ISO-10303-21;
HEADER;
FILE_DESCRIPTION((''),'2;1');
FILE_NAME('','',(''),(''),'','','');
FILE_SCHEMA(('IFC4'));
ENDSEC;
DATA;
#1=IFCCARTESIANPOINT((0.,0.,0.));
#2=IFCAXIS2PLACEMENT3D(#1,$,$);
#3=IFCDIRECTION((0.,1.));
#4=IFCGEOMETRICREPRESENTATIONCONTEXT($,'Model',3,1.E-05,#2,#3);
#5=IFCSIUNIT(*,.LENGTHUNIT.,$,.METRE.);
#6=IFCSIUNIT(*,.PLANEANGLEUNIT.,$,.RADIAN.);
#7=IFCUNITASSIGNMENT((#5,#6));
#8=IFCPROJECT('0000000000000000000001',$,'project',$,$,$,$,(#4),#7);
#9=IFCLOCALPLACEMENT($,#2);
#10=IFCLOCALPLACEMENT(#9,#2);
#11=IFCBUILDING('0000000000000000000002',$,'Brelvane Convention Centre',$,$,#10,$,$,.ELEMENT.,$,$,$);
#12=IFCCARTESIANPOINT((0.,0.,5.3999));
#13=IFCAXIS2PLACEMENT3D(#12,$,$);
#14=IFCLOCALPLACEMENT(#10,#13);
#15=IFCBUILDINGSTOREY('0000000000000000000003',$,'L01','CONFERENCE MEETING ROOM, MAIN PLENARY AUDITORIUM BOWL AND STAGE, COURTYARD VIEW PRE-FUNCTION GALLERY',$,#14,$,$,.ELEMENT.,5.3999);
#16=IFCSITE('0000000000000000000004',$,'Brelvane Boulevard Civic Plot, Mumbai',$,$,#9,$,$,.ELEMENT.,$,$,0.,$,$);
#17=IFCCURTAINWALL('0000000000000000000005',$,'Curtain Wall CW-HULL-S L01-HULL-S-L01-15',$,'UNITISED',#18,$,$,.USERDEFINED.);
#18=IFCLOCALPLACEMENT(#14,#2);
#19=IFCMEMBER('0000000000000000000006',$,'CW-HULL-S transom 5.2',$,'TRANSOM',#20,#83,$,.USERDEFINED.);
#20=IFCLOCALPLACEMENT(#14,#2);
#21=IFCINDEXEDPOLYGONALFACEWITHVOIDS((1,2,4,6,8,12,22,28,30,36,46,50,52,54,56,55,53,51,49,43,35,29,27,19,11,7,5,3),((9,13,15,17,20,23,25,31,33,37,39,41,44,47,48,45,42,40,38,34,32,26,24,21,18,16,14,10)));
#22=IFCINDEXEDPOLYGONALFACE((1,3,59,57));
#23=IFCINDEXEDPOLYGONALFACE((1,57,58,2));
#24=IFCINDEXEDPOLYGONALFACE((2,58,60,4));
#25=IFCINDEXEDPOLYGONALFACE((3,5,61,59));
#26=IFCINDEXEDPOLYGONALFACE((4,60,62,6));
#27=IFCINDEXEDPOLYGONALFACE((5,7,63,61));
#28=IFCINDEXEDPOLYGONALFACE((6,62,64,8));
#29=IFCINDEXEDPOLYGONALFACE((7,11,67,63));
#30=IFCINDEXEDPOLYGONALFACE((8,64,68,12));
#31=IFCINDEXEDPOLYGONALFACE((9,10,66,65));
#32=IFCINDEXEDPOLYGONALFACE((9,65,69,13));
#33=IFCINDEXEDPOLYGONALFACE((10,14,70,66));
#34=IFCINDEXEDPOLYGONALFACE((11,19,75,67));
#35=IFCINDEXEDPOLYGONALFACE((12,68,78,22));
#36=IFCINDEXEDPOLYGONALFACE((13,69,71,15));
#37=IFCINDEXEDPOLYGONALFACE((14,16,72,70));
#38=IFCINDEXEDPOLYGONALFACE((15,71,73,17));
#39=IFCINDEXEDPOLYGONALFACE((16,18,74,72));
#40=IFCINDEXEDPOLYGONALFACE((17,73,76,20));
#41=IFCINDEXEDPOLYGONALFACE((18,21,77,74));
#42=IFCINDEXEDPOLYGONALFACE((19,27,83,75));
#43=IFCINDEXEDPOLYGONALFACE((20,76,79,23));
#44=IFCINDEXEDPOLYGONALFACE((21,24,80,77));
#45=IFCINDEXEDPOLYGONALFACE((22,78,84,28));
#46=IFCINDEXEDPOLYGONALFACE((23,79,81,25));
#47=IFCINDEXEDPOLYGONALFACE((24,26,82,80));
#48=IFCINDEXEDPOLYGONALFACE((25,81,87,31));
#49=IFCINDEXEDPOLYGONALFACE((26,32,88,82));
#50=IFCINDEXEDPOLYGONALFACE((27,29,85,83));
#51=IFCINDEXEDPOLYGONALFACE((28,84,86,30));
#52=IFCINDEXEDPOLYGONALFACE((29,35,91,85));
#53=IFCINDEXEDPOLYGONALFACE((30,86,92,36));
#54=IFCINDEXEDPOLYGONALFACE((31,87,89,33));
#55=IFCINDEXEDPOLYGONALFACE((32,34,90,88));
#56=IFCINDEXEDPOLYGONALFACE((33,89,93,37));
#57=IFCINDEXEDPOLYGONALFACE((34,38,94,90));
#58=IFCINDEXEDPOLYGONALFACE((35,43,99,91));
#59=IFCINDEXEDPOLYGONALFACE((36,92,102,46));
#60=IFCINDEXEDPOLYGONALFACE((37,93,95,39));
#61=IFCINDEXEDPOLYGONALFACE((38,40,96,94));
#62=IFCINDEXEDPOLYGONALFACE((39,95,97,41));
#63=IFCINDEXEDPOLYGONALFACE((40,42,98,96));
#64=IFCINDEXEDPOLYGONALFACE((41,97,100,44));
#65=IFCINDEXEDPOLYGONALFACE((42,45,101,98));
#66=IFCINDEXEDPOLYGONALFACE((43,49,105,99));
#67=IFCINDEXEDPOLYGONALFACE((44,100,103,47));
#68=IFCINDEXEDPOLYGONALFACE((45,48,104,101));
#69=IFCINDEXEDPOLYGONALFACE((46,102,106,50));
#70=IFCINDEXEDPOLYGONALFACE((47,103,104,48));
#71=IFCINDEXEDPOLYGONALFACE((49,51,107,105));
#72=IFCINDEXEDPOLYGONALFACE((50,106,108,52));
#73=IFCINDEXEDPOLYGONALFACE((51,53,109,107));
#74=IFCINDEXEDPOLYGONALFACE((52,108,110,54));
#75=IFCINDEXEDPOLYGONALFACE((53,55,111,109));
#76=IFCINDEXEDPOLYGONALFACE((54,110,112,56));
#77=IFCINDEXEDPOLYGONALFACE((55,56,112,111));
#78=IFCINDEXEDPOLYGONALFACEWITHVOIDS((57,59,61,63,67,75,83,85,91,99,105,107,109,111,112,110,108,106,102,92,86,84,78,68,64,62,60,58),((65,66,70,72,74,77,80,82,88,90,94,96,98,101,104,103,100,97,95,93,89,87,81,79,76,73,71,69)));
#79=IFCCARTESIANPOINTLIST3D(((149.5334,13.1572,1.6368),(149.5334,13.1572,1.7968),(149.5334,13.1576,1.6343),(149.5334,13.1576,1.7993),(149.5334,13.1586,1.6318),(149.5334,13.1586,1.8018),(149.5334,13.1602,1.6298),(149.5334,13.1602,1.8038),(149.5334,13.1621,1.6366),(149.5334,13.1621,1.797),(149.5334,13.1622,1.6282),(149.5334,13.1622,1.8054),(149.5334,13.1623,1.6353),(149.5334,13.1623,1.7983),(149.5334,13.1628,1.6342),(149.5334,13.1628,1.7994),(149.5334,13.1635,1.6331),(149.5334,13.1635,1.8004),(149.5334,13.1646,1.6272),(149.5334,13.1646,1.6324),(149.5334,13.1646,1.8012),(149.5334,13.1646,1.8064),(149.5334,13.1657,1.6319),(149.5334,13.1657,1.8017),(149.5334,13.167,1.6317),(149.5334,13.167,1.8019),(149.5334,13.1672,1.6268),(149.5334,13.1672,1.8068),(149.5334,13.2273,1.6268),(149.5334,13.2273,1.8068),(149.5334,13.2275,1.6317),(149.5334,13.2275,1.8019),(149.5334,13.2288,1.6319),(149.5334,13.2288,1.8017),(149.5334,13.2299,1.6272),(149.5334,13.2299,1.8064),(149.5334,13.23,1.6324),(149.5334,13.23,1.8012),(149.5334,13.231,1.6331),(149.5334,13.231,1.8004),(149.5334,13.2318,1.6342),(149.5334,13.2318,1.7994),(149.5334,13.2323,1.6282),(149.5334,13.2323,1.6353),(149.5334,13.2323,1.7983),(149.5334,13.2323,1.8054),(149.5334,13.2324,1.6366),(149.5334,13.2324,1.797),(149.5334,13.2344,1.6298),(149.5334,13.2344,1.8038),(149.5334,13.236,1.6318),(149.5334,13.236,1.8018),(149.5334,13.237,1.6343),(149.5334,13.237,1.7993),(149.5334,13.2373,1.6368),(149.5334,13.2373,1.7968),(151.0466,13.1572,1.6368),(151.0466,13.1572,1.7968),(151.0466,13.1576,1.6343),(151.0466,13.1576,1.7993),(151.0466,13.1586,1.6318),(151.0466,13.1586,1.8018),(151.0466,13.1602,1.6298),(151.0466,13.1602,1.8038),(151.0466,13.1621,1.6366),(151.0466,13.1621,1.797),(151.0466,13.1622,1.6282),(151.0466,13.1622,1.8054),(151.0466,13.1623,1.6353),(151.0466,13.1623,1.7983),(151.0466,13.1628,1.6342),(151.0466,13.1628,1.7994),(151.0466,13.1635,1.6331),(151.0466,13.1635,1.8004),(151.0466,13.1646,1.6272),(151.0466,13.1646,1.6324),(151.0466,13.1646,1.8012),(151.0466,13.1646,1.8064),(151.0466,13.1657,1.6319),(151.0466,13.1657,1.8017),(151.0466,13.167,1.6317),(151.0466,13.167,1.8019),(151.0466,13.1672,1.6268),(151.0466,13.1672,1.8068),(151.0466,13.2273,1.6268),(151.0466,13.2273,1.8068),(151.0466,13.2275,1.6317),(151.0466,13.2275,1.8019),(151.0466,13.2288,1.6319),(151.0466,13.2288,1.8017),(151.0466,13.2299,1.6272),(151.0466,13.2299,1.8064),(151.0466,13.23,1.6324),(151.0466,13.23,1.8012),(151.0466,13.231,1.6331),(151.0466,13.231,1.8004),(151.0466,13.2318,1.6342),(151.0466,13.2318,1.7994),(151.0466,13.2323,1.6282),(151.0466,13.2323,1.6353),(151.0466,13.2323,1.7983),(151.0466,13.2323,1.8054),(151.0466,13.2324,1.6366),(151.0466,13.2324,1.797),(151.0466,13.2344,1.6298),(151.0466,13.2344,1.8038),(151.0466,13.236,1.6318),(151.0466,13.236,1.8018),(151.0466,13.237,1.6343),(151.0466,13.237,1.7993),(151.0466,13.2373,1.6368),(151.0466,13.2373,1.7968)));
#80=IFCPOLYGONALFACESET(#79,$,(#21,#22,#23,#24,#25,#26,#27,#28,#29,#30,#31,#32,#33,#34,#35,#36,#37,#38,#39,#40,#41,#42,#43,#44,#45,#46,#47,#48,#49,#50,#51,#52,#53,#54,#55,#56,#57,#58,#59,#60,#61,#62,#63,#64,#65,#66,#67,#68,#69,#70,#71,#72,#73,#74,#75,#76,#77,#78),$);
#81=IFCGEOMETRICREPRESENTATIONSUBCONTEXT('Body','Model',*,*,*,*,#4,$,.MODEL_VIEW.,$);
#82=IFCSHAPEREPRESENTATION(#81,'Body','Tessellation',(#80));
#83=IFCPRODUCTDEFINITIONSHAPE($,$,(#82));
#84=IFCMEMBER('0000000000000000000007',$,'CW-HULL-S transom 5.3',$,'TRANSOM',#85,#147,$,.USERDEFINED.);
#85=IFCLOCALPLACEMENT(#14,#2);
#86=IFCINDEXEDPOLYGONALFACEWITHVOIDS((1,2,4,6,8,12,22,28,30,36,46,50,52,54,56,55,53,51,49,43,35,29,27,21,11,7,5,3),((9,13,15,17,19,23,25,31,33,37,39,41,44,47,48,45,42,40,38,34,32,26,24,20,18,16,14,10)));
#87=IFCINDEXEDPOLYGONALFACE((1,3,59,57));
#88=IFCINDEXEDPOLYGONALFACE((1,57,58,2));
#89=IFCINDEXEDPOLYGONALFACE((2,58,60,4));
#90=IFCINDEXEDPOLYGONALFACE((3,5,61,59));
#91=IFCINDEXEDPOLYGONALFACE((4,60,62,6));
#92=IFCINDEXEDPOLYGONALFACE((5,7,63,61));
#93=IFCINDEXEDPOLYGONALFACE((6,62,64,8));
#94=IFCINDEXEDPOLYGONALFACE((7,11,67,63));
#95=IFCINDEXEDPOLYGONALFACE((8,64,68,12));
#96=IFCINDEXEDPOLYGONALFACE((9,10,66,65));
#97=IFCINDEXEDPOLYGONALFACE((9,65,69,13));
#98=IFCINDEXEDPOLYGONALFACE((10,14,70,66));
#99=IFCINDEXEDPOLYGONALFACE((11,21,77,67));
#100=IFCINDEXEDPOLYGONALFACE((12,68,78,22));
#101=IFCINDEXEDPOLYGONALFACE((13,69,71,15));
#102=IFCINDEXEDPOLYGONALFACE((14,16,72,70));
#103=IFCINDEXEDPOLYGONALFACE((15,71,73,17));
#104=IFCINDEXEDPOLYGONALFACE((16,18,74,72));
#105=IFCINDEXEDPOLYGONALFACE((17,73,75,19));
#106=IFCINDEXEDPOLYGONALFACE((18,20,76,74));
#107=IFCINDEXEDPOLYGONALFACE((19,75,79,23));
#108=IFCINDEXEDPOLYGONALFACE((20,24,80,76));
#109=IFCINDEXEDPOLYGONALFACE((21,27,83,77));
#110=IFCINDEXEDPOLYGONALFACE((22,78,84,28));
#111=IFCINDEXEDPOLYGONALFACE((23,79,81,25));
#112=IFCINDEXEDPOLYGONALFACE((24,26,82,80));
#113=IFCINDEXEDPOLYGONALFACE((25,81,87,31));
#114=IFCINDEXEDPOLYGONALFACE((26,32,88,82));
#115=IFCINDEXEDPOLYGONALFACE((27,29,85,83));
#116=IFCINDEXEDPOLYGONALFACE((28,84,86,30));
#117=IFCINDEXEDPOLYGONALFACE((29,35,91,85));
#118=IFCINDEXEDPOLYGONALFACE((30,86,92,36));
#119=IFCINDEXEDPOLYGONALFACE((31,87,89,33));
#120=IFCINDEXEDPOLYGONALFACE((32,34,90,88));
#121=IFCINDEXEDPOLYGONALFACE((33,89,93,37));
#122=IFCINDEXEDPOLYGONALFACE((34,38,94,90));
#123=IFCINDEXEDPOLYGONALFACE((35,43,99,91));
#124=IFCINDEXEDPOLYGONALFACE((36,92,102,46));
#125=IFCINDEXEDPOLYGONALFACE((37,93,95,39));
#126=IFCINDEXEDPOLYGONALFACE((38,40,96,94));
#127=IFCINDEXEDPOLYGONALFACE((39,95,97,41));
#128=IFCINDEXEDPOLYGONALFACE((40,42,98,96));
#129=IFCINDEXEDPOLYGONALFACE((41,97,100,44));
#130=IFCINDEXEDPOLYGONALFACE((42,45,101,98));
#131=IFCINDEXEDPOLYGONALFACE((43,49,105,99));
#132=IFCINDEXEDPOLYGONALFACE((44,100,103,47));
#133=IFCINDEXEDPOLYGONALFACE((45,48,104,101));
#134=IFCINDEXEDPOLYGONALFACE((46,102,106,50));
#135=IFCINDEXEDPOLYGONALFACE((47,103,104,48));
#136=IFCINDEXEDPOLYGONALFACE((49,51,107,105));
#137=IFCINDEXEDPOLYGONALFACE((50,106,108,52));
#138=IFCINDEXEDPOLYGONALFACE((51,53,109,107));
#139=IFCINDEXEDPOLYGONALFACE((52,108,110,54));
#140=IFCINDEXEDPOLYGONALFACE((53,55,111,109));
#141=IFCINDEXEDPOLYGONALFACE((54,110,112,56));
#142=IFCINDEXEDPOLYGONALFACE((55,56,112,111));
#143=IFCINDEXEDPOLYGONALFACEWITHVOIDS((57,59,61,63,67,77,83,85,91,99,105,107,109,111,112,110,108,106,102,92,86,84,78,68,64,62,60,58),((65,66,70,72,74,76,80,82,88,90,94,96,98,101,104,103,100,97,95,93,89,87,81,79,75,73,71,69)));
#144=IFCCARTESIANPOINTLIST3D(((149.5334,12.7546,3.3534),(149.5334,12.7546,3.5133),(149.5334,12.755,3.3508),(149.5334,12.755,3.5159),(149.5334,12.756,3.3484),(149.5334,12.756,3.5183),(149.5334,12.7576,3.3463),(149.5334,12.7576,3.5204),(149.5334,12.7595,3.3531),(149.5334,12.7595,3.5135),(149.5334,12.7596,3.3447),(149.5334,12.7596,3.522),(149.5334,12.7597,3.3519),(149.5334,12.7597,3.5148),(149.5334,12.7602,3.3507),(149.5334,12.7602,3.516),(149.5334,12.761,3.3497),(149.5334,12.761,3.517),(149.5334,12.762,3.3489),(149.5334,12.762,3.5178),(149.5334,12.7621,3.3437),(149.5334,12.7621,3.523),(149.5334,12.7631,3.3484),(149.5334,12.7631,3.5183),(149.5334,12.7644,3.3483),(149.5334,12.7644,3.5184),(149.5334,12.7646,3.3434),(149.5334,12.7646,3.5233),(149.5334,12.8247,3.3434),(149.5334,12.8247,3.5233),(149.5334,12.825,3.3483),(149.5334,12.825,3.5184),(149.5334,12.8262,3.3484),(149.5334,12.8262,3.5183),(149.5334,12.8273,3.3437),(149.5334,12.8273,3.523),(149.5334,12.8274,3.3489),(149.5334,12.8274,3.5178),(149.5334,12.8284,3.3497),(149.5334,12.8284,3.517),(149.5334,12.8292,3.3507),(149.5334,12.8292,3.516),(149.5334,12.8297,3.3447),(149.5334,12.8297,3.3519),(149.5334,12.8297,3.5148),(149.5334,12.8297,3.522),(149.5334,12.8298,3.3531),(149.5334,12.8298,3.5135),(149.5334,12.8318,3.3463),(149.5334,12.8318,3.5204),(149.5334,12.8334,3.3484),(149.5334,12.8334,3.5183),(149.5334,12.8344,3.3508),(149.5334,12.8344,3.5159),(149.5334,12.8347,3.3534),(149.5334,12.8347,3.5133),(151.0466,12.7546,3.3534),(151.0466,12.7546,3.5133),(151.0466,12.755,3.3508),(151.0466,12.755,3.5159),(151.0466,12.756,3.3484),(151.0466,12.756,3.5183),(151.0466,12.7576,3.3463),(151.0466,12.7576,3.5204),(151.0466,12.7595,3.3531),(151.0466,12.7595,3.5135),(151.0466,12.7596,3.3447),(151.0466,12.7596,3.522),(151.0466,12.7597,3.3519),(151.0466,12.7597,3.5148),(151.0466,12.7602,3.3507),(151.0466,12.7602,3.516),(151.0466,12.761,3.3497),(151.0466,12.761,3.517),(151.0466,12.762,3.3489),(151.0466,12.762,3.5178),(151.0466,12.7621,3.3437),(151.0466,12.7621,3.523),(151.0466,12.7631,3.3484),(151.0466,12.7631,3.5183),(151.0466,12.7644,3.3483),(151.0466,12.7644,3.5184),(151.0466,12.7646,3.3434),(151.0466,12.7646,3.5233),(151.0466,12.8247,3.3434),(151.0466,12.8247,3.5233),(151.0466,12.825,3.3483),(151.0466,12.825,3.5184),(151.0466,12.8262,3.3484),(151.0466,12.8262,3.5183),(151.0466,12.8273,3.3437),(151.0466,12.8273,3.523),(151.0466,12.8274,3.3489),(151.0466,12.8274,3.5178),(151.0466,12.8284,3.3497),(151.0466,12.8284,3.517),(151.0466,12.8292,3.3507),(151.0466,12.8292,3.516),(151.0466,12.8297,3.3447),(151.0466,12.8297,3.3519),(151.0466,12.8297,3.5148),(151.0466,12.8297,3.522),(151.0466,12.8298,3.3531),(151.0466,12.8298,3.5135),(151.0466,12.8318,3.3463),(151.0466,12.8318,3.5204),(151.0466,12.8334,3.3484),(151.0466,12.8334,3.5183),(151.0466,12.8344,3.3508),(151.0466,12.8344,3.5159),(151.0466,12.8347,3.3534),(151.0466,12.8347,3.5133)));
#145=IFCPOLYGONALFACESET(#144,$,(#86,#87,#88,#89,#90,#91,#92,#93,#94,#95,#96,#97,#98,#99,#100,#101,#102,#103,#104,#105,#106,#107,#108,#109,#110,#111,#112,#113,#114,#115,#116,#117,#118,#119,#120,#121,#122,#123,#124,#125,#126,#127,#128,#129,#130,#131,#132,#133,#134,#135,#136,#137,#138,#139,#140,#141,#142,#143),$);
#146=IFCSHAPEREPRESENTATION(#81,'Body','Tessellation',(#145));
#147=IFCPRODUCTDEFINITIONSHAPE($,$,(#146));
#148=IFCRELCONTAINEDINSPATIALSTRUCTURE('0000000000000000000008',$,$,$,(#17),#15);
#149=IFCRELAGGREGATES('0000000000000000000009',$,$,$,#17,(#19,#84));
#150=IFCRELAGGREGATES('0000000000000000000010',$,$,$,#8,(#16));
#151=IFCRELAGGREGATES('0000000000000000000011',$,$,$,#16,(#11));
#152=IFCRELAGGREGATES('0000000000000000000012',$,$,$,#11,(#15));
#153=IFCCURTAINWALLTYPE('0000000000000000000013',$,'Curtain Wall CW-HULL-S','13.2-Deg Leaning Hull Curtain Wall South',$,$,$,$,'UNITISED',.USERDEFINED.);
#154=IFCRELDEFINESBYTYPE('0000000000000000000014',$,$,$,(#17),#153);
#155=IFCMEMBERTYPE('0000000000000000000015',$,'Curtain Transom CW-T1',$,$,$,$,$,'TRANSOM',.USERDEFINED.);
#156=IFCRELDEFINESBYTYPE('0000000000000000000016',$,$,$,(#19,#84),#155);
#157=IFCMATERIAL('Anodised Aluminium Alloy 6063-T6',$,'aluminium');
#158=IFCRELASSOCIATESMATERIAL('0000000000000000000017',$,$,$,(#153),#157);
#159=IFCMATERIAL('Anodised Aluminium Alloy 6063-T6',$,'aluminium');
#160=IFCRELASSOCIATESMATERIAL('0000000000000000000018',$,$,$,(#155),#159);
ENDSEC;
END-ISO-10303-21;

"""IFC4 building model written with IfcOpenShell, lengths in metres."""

from ifc_helpers import new_model, si_unit, direction, frame, origin, origin_2d, place, context, subcontext, project, spatial, hollow_rectangle, extrude, material, material_profile, profile_set, type_object, element, aggregate, save


model = new_model("IFC4")

# Units and contexts
model_context = context("Model", 3, precision=1e-05, world=origin(), true_north=direction((0.0, 1.0)))
body_context = subcontext(model_context, "Body", "Model", "MODEL_VIEW")
ifc_project = project(units=[si_unit("LENGTHUNIT", "METRE"), si_unit("PLANEANGLEUNIT", "RADIAN")], contexts=[model_context])

# Site, building, storey
site_placement = place(None, origin())
site = spatial("IfcSite", under=ifc_project, at=site_placement, Name="Brelvane Boulevard Civic Plot, Mumbai", CompositionType="ELEMENT", RefElevation=0.0)
building_placement = place(site_placement, origin())
building = spatial("IfcBuilding", under=site, at=building_placement, Name="Brelvane Convention Centre", CompositionType="ELEMENT")
storey_placement = place(building_placement, frame((0.0, 0.0, 5.3999)))
storey = spatial("IfcBuildingStorey", under=building, at=storey_placement, Name="L01", Description="CONFERENCE MEETING ROOM, MAIN PLENARY AUDITORIUM BOWL AND STAGE, COURTYARD VIEW PRE-FUNCTION GALLERY", CompositionType="ELEMENT", Elevation=5.3999)

# Curtain wall, members
ifc_material_1 = material(Name="Anodised Aluminium Alloy 6063-T6", Category="aluminium")
curtain_wall_type = type_object("IfcCurtainWallType", Name="Curtain Wall CW-HULL-S", Description="13.2-Deg Leaning Hull Curtain Wall South", ElementType="UNITISED", PredefinedType="USERDEFINED", material=ifc_material_1)
curtain_wall_placement = place(storey_placement, origin())
curtain_wall = element("IfcCurtainWall", 1, at=curtain_wall_placement, inside=storey, type_object=curtain_wall_type, Name="Curtain Wall CW-HULL-S L01-HULL-S-L01-15", ObjectType="UNITISED", PredefinedType="USERDEFINED")
ifc_material_2 = material(Name="Anodised Aluminium Alloy 6063-T6", Category="aluminium")
ifc_material_profile = material_profile(ifc_material_2, hollow_rectangle(XDim=0.0801, YDim=0.1799, WallThickness=0.0049, InnerFilletRadius=0.0049, OuterFilletRadius=0.01, at=origin_2d()), Name="ALU-T 180x80x5.0")
ifc_profile_set = profile_set([ifc_material_profile], Name="Anodised Aluminium Alloy 6063-T6")
member_type = type_object("IfcMemberType", Name="Curtain Transom CW-T1", ElementType="TRANSOM", PredefinedType="USERDEFINED", material=ifc_profile_set)
member_1_placement = place(storey_placement, frame((149.5334, 13.1973, 1.7168), z_axis=(1.0, 0.0, 0.0), x_axis=(0.0, 1.0, 0.0)))
member_1 = element("IfcMember", 2, at=member_1_placement, type_object=member_type, Name="CW-HULL-S transom 5.2", ObjectType="TRANSOM", PredefinedType="USERDEFINED", context=body_context, shape_type="SweptSolid", body=[
    extrude(hollow_rectangle(XDim=0.0801, YDim=0.1799, WallThickness=0.0049, InnerFilletRadius=0.0049, OuterFilletRadius=0.01, at=origin_2d()), origin(), (0.0, 0.0, 1.0), 1.5132),
])
member_2_placement = place(storey_placement, frame((149.5334, 12.7947, 3.4333), z_axis=(1.0, 0.0, 0.0), x_axis=(0.0, 1.0, 0.0)))
member_2 = element("IfcMember", 3, at=member_2_placement, type_object=member_type, Name="CW-HULL-S transom 5.3", ObjectType="TRANSOM", PredefinedType="USERDEFINED", context=body_context, shape_type="SweptSolid", body=[
    extrude(hollow_rectangle(XDim=0.0801, YDim=0.1799, WallThickness=0.0049, InnerFilletRadius=0.0049, OuterFilletRadius=0.01, at=origin_2d()), origin(), (0.0, 0.0, 1.0), 1.5132),
])
aggregate(curtain_wall, [member_1, member_2])

save(model, "model.ifc")
